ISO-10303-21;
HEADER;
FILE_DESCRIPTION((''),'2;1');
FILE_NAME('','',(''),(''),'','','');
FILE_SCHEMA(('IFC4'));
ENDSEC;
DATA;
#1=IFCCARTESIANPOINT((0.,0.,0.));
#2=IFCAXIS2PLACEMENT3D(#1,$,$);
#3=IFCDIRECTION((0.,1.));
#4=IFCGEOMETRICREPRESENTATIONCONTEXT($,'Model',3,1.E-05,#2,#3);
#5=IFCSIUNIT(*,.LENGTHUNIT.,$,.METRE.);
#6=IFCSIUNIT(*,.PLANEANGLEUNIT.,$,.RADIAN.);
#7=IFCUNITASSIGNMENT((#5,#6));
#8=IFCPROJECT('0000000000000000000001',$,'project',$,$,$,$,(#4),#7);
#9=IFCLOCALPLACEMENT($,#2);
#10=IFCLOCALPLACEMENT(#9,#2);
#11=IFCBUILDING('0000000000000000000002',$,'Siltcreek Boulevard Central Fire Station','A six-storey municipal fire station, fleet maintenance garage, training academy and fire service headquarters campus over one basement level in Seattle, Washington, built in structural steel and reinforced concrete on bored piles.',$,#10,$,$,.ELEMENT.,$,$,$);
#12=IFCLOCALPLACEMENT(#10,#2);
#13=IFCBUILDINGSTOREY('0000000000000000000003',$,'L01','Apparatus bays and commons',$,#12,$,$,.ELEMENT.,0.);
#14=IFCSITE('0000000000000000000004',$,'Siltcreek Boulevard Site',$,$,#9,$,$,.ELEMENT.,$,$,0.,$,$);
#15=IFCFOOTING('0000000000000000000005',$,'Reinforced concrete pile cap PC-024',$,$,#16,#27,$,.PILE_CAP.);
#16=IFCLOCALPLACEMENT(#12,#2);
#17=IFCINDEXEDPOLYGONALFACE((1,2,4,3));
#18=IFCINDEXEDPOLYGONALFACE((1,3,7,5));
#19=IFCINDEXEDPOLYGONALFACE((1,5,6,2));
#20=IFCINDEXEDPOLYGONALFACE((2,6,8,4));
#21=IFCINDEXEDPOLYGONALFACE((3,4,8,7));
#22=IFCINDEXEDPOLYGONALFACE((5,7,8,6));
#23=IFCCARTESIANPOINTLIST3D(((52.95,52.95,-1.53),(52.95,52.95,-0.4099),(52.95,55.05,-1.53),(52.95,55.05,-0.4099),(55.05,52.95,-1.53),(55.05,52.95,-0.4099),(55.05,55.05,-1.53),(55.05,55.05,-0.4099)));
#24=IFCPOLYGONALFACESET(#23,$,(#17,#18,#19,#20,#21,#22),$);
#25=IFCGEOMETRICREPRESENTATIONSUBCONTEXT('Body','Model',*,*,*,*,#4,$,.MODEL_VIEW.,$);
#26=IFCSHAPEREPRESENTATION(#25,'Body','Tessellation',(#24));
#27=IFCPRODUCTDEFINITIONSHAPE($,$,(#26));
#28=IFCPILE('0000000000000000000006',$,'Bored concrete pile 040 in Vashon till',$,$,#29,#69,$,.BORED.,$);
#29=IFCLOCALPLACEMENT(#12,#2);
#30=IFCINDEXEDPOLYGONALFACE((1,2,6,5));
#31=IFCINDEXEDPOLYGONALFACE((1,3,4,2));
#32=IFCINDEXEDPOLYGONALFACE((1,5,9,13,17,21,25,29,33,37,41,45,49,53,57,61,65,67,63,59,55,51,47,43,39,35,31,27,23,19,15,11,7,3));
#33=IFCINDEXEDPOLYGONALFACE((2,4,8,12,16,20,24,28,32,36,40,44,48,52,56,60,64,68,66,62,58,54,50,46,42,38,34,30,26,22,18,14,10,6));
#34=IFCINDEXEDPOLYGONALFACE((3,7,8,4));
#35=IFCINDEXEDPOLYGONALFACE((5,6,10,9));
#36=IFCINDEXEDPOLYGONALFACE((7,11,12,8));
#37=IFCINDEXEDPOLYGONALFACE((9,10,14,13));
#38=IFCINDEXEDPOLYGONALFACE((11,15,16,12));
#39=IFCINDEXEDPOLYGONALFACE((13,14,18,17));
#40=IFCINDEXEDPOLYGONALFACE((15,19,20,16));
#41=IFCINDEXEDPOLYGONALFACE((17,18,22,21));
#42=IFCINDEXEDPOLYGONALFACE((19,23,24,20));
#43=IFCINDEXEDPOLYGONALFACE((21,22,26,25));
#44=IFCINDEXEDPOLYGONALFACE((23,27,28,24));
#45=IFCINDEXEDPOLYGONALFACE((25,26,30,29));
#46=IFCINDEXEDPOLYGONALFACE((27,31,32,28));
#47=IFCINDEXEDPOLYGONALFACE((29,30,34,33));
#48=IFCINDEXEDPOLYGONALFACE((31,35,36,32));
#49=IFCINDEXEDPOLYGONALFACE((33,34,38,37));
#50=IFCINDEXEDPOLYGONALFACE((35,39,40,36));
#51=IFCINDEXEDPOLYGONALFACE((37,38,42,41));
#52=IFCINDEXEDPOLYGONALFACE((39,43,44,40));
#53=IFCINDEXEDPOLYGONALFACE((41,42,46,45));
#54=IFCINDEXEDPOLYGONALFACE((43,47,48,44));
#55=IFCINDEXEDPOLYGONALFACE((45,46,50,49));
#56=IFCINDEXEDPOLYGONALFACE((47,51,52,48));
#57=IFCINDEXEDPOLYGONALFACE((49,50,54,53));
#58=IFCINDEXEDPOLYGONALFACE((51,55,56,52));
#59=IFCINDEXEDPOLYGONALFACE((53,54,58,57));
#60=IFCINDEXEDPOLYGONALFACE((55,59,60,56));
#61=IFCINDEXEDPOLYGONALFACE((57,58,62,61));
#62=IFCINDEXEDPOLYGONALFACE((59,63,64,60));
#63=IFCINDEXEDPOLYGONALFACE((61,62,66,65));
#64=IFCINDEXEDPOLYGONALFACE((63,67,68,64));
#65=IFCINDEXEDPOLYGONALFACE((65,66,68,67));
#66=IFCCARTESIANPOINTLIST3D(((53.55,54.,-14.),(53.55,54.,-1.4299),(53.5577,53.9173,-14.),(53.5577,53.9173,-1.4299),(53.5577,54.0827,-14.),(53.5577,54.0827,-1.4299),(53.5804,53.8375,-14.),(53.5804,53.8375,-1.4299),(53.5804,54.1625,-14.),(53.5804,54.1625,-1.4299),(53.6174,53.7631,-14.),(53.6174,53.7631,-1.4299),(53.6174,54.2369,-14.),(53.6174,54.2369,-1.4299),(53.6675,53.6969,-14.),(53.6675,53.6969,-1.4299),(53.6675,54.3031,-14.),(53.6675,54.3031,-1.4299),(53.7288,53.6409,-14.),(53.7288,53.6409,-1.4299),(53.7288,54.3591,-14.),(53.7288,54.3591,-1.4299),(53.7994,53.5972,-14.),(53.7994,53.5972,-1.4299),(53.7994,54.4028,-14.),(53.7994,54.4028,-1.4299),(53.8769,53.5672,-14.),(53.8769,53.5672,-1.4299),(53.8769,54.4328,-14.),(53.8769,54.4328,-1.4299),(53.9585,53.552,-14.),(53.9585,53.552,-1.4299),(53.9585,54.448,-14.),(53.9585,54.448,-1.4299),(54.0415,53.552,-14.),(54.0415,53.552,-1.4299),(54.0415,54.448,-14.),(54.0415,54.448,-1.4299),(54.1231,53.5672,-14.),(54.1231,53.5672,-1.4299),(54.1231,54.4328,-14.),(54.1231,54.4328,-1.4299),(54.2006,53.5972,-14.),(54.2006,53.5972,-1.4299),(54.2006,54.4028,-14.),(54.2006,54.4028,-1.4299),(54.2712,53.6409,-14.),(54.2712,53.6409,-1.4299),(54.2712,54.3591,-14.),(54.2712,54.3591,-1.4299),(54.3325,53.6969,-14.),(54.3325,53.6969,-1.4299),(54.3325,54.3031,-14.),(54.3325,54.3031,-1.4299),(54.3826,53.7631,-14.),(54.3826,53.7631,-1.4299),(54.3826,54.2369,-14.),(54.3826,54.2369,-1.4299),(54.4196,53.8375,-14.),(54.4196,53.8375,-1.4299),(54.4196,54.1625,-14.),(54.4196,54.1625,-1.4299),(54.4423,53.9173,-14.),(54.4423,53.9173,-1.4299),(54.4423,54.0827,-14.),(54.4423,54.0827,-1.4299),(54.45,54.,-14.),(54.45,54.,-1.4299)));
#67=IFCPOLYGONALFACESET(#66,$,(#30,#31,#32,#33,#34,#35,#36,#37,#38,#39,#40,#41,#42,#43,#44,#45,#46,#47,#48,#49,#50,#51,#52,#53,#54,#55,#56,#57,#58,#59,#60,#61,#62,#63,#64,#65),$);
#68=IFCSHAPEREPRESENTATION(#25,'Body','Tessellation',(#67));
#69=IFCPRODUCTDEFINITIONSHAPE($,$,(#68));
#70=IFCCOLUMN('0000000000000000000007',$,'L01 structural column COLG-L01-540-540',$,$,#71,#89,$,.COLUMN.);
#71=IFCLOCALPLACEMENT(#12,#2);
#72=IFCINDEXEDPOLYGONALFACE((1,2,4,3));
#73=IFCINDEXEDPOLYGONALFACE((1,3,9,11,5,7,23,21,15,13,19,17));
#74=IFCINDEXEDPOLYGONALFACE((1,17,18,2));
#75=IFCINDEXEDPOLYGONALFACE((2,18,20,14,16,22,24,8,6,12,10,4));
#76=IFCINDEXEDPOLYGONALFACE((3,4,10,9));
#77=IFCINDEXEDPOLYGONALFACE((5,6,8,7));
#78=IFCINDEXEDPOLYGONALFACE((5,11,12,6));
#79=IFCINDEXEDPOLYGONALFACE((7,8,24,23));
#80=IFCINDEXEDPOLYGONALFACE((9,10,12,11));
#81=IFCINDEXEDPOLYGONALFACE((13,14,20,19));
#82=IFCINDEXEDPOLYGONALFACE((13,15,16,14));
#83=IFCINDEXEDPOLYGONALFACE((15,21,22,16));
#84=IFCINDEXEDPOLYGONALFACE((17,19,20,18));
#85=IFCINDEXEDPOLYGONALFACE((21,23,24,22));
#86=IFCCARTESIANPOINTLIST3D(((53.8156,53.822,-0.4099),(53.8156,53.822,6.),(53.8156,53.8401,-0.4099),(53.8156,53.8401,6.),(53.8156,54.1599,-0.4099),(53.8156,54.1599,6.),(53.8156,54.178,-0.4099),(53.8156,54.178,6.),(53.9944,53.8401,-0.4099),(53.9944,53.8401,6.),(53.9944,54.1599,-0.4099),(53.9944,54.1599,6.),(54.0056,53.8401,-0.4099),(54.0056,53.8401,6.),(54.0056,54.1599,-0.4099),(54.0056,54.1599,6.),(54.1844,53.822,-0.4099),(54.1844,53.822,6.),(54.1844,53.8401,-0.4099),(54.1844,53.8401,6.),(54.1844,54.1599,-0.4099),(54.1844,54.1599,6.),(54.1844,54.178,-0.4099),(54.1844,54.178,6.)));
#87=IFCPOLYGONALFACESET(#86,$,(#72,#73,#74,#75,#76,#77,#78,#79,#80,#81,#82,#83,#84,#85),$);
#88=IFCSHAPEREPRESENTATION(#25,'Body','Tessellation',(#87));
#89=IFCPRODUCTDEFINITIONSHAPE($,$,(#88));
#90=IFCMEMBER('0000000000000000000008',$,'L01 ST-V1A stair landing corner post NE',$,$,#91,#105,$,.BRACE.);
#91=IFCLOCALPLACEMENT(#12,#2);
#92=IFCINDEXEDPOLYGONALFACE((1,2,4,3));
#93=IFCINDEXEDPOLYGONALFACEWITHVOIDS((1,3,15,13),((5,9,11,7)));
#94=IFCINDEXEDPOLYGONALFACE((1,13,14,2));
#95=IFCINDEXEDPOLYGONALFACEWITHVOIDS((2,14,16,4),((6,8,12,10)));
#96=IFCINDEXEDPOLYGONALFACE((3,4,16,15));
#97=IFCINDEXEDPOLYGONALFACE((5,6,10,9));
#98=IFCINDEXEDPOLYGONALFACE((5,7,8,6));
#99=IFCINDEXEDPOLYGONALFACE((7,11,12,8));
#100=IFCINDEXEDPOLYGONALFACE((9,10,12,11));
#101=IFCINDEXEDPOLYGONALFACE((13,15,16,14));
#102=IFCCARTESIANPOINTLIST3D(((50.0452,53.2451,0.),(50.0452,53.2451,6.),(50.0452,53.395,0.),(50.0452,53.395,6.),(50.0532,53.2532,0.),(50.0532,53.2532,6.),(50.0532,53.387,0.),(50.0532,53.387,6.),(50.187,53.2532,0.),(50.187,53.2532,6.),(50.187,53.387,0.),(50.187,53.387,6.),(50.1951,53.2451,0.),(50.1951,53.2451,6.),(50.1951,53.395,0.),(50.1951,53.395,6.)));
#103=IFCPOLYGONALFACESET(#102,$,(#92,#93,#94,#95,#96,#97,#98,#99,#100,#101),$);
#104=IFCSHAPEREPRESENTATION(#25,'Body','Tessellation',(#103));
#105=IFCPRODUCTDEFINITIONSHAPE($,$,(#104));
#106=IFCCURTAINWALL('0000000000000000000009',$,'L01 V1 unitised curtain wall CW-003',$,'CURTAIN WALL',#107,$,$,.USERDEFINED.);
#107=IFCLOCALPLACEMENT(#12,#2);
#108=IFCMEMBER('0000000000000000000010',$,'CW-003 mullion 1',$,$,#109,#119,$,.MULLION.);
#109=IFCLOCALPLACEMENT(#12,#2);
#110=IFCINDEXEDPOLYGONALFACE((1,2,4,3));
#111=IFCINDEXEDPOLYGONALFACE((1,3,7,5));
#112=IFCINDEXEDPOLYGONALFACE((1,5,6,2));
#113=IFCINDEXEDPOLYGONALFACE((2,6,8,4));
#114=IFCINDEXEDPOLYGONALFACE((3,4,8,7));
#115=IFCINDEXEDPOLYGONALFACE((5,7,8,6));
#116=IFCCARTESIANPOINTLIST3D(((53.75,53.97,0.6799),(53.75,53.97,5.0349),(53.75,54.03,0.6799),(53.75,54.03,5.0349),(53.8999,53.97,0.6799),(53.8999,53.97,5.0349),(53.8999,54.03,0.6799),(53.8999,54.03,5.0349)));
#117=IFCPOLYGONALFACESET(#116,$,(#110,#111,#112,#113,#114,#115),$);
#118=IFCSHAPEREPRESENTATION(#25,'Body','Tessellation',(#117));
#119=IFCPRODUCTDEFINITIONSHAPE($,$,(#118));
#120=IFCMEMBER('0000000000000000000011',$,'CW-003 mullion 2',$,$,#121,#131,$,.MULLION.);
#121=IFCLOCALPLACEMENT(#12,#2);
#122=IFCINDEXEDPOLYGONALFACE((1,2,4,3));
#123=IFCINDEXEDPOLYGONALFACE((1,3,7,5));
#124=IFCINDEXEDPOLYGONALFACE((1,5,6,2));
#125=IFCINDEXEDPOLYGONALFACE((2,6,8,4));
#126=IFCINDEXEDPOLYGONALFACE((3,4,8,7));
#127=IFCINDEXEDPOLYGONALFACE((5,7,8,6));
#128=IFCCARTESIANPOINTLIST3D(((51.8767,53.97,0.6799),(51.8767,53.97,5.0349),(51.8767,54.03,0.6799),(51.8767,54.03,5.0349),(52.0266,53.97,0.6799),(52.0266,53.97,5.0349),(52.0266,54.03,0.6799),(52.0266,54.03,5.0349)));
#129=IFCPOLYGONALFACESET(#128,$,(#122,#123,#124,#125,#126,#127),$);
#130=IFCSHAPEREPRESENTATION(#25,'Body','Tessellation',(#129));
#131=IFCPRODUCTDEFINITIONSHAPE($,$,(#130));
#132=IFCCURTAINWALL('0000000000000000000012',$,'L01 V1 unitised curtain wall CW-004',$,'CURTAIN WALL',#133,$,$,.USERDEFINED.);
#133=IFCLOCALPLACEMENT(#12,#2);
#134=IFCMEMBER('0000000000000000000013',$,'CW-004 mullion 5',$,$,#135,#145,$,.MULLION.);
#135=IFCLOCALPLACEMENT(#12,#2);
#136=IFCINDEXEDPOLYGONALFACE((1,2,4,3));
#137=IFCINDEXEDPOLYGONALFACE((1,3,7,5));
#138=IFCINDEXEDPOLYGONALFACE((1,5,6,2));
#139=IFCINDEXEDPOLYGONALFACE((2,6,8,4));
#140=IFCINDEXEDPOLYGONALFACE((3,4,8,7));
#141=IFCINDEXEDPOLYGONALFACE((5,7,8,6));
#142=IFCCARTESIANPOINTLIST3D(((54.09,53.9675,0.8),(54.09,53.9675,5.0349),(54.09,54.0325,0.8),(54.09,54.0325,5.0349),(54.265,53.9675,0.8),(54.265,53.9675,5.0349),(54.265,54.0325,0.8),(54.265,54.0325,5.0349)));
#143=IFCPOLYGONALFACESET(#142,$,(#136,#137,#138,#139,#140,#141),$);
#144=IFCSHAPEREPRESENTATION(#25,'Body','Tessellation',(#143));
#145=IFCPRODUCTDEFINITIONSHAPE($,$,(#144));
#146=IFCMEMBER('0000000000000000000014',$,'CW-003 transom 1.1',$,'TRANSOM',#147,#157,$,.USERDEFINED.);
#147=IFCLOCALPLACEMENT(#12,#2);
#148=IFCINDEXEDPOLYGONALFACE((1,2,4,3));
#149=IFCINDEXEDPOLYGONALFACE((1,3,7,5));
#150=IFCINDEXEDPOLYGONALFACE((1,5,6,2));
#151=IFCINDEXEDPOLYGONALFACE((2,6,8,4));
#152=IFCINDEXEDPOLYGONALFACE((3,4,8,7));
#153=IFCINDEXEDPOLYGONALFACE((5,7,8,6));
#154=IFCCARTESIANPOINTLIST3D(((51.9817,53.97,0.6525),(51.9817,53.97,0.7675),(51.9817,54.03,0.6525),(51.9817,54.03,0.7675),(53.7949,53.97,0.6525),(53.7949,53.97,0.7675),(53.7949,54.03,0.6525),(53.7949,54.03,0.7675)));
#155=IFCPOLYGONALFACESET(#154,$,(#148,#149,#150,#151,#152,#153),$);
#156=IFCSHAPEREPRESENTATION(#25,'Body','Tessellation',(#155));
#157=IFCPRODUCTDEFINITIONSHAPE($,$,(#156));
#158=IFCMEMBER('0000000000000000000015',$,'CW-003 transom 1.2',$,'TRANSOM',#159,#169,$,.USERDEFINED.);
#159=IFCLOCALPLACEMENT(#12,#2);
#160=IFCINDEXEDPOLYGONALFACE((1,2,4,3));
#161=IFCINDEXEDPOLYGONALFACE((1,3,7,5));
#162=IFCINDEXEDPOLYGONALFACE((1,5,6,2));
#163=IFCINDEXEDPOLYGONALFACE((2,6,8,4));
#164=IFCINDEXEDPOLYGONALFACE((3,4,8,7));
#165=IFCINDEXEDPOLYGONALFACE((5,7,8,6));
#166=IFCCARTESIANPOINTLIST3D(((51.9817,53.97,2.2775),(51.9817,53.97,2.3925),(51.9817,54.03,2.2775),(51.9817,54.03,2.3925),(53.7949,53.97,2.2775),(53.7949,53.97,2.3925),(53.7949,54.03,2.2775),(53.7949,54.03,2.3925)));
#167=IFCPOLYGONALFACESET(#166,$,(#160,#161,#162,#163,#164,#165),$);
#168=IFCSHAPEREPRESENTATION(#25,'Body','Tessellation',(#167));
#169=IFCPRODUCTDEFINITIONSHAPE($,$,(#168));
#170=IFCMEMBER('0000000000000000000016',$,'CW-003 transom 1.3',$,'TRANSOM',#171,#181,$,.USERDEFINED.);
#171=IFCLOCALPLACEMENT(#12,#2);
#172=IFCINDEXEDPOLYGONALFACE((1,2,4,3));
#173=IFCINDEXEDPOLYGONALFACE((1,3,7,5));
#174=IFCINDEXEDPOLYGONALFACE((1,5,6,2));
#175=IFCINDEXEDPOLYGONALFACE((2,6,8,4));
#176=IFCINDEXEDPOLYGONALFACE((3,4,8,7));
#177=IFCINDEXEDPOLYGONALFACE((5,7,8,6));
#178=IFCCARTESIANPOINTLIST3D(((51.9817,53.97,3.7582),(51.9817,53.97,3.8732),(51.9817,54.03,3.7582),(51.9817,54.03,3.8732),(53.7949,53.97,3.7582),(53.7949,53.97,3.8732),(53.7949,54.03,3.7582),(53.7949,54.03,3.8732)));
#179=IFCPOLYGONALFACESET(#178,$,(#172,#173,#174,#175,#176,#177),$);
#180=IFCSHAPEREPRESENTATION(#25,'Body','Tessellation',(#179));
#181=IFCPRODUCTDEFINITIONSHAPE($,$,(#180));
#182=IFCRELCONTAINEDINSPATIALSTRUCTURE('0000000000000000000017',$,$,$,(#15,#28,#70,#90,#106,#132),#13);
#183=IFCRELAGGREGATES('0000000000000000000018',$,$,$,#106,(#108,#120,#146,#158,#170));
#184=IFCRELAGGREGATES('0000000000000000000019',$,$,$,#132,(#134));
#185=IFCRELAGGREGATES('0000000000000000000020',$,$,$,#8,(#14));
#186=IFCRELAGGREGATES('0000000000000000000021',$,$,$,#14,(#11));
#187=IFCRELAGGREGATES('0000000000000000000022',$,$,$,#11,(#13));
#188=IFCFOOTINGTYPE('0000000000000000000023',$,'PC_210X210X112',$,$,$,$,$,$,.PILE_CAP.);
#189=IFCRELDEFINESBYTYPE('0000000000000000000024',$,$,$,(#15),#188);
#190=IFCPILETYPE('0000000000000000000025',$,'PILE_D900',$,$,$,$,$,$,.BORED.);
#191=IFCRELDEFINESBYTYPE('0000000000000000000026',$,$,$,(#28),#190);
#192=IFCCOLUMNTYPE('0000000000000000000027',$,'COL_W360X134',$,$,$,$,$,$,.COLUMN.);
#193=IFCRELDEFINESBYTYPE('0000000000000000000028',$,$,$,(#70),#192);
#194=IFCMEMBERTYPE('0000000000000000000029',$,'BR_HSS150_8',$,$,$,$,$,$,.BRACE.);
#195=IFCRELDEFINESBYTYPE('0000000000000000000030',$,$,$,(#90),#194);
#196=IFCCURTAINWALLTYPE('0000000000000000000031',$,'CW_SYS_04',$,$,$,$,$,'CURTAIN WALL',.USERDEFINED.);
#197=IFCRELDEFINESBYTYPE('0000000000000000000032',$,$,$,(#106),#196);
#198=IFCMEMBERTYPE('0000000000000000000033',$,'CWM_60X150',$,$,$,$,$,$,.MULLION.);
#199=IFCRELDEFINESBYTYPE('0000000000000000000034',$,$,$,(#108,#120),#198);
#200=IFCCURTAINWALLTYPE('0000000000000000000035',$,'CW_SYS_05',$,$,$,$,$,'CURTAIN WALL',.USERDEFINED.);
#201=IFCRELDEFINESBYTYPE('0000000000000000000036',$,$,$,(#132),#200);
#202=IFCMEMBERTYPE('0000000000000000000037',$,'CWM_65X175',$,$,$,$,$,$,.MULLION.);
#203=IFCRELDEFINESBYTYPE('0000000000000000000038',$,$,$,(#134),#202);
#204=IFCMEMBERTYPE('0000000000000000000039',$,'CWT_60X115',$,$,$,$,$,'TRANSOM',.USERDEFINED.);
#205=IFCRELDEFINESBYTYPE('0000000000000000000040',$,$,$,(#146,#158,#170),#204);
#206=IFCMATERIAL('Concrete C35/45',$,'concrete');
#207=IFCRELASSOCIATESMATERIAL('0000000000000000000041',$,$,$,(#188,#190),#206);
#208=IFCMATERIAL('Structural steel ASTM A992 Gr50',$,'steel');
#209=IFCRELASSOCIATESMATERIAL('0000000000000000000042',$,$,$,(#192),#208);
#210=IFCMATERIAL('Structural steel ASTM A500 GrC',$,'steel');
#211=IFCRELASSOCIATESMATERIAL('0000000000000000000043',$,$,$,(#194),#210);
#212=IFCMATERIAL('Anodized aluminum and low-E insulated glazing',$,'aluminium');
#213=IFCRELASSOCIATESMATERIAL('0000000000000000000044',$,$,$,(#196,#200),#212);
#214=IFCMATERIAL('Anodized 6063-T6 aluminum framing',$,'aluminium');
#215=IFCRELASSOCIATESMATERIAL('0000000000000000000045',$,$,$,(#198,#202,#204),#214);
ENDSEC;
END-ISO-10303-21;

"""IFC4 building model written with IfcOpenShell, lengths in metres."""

from ifc_helpers import new_model, si_unit, direction, frame, origin, origin_2d, place, context, subcontext, project, spatial, rectangle, hollow_rectangle, circle, i_section, extrude, material, material_profile, profile_set, type_object, element, aggregate, save


model = new_model("IFC4")

# Units and contexts
model_context = context("Model", 3, precision=1e-05, world=origin(), true_north=direction((0.0, 1.0)))
body_context = subcontext(model_context, "Body", "Model", "MODEL_VIEW")
ifc_project = project(units=[si_unit("LENGTHUNIT", "METRE"), si_unit("PLANEANGLEUNIT", "RADIAN")], contexts=[model_context])

# Site, building, storey
site_placement = place(None, origin())
site = spatial("IfcSite", under=ifc_project, at=site_placement, Name="Siltcreek Boulevard Site", CompositionType="ELEMENT", RefElevation=0.0)
building_placement = place(site_placement, origin())
building = spatial("IfcBuilding", under=site, at=building_placement, Name="Siltcreek Boulevard Central Fire Station", Description="A six-storey municipal fire station, fleet maintenance garage, training academy and fire service headquarters campus over one basement level in Seattle, Washington, built in structural steel and reinforced concrete on bored piles.", CompositionType="ELEMENT")
storey_placement = place(building_placement, origin())
storey = spatial("IfcBuildingStorey", under=building, at=storey_placement, Name="L01", Description="Apparatus bays and commons", CompositionType="ELEMENT", Elevation=0.0)

# Footing
ifc_material_1 = material(Name="Concrete C35/45", Category="concrete")
footing_type = type_object("IfcFootingType", Name="PC_210X210X112", PredefinedType="PILE_CAP", material=ifc_material_1)
footing_placement = place(storey_placement, frame((54.0, 54.0, -1.53), z_axis=(0.0, 0.0, 1.0), x_axis=(1.0, 0.0, 0.0)))
element("IfcFooting", 1, at=footing_placement, inside=storey, type_object=footing_type, Name="Reinforced concrete pile cap PC-024", PredefinedType="PILE_CAP", context=body_context, shape_type="SweptSolid", body=[
    extrude(rectangle(XDim=2.1001, YDim=2.1001, at=origin_2d()), origin(), (0.0, 0.0, 1.0), 1.1201),
])

# Pile
ifc_material_profile_1 = material_profile(ifc_material_1, circle(Radius=0.45, at=origin_2d()), Name="SHAFT900")
ifc_profile_set_1 = profile_set([ifc_material_profile_1], Name="Concrete C35/45")
pile_type = type_object("IfcPileType", Name="PILE_D900", PredefinedType="BORED", material=ifc_profile_set_1)
pile_placement = place(storey_placement, frame((54.0, 54.0, -1.4299), z_axis=(0.0, 0.0, -1.0), x_axis=(1.0, 0.0, 0.0)))
element("IfcPile", 2, at=pile_placement, inside=storey, type_object=pile_type, Name="Bored concrete pile 040 in Vashon till", PredefinedType="BORED", context=body_context, shape_type="SweptSolid", body=[
    extrude(circle(Radius=0.45, at=origin_2d()), origin(), (0.0, 0.0, 1.0), 12.5701),
])

# Column
ifc_material_2 = material(Name="Structural steel ASTM A992 Gr50", Category="steel")
ifc_material_profile_2 = material_profile(ifc_material_2, i_section(OverallWidth=0.3689, OverallDepth=0.356, WebThickness=0.0112, FlangeThickness=0.0181, at=origin_2d()), Name="W360X134")
ifc_profile_set_2 = profile_set([ifc_material_profile_2], Name="Structural steel ASTM A992 Gr50")
column_type = type_object("IfcColumnType", Name="COL_W360X134", PredefinedType="COLUMN", material=ifc_profile_set_2)
column_placement = place(storey_placement, frame((54.0, 54.0, -0.4099), z_axis=(0.0, 0.0, 1.0), x_axis=(1.0, 0.0, 0.0)))
element("IfcColumn", 3, at=column_placement, inside=storey, type_object=column_type, Name="L01 structural column COLG-L01-540-540", PredefinedType="COLUMN", context=body_context, shape_type="SweptSolid", body=[
    extrude(i_section(OverallWidth=0.3689, OverallDepth=0.356, WebThickness=0.0112, FlangeThickness=0.0181, at=origin_2d()), origin(), (0.0, 0.0, 1.0), 6.4099),
])

# Member
ifc_material_3 = material(Name="Structural steel ASTM A500 GrC", Category="steel")
ifc_material_profile_3 = material_profile(ifc_material_3, hollow_rectangle(XDim=0.1499, YDim=0.1499, WallThickness=0.0081, at=origin_2d()), Name="HSS150X150X8.0")
ifc_profile_set_3 = profile_set([ifc_material_profile_3], Name="Structural steel ASTM A500 GrC")
member_type_1 = type_object("IfcMemberType", Name="BR_HSS150_8", PredefinedType="BRACE", material=ifc_profile_set_3)
member_1_placement = place(storey_placement, frame((50.1201, 53.3201, 0.0), z_axis=(0.0, 0.0, 1.0), x_axis=(1.0, 0.0, 0.0)))
element("IfcMember", 4, at=member_1_placement, inside=storey, type_object=member_type_1, Name="L01 ST-V1A stair landing corner post NE", PredefinedType="BRACE", context=body_context, shape_type="SweptSolid", body=[
    extrude(hollow_rectangle(XDim=0.1499, YDim=0.1499, WallThickness=0.0081, at=origin_2d()), origin(), (0.0, 0.0, 1.0), 6.0),
])

# Curtain wall, members
ifc_material_4 = material(Name="Anodized aluminum and low-E insulated glazing", Category="aluminium")
curtain_wall_type_1 = type_object("IfcCurtainWallType", Name="CW_SYS_04", ElementType="CURTAIN WALL", PredefinedType="USERDEFINED", material=ifc_material_4)
curtain_wall_1_placement = place(storey_placement, origin())
curtain_wall_1 = element("IfcCurtainWall", 5, at=curtain_wall_1_placement, inside=storey, type_object=curtain_wall_type_1, Name="L01 V1 unitised curtain wall CW-003", ObjectType="CURTAIN WALL", PredefinedType="USERDEFINED")
ifc_material_5 = material(Name="Anodized 6063-T6 aluminum framing", Category="aluminium")
ifc_material_profile_4 = material_profile(ifc_material_5, rectangle(XDim=0.0601, YDim=0.1499, at=origin_2d()), Name="MULL60X150")
ifc_profile_set_4 = profile_set([ifc_material_profile_4], Name="Anodized 6063-T6 aluminum framing")
member_type_2 = type_object("IfcMemberType", Name="CWM_60X150", PredefinedType="MULLION", material=ifc_profile_set_4)
member_2_placement = place(storey_placement, frame((53.825, 54.0, 0.6799), z_axis=(0.0, 0.0, 1.0), x_axis=(0.0, -1.0, 0.0)))
member_2 = element("IfcMember", 6, at=member_2_placement, type_object=member_type_2, Name="CW-003 mullion 1", PredefinedType="MULLION", context=body_context, shape_type="SweptSolid", body=[
    extrude(rectangle(XDim=0.0601, YDim=0.1499, at=origin_2d()), origin(), (0.0, 0.0, 1.0), 4.355),
])
member_3_placement = place(storey_placement, frame((51.9517, 54.0, 0.6799), z_axis=(0.0, 0.0, 1.0), x_axis=(0.0, -1.0, 0.0)))
member_3 = element("IfcMember", 7, at=member_3_placement, type_object=member_type_2, Name="CW-003 mullion 2", PredefinedType="MULLION", context=body_context, shape_type="SweptSolid", body=[
    extrude(rectangle(XDim=0.0601, YDim=0.1499, at=origin_2d()), origin(), (0.0, 0.0, 1.0), 4.355),
])

# Curtain wall, member
curtain_wall_type_2 = type_object("IfcCurtainWallType", Name="CW_SYS_05", ElementType="CURTAIN WALL", PredefinedType="USERDEFINED", material=ifc_material_4)
curtain_wall_2_placement = place(storey_placement, origin())
curtain_wall_2 = element("IfcCurtainWall", 8, at=curtain_wall_2_placement, inside=storey, type_object=curtain_wall_type_2, Name="L01 V1 unitised curtain wall CW-004", ObjectType="CURTAIN WALL", PredefinedType="USERDEFINED")
ifc_material_profile_5 = material_profile(ifc_material_5, rectangle(XDim=0.0649, YDim=0.175, at=origin_2d()), Name="MULL65X175")
ifc_profile_set_5 = profile_set([ifc_material_profile_5], Name="Anodized 6063-T6 aluminum framing")
member_type_3 = type_object("IfcMemberType", Name="CWM_65X175", PredefinedType="MULLION", material=ifc_profile_set_5)
member_4_placement = place(storey_placement, frame((54.1775, 54.0, 0.8), z_axis=(0.0, 0.0, 1.0), x_axis=(0.0, -1.0, 0.0)))
member_4 = element("IfcMember", 9, at=member_4_placement, type_object=member_type_3, Name="CW-004 mullion 5", PredefinedType="MULLION", context=body_context, shape_type="SweptSolid", body=[
    extrude(rectangle(XDim=0.0649, YDim=0.175, at=origin_2d()), origin(), (0.0, 0.0, 1.0), 4.2349),
])

# Members
ifc_material_profile_6 = material_profile(ifc_material_5, rectangle(XDim=0.0601, YDim=0.115, at=origin_2d()), Name="TRAN60X115")
ifc_profile_set_6 = profile_set([ifc_material_profile_6], Name="Anodized 6063-T6 aluminum framing")
member_type_4 = type_object("IfcMemberType", Name="CWT_60X115", ElementType="TRANSOM", PredefinedType="USERDEFINED", material=ifc_profile_set_6)
member_5_placement = place(storey_placement, frame((53.7949, 54.0, 0.71), z_axis=(-1.0, 0.0, 0.0), x_axis=(0.0, -1.0, 0.0)))
member_5 = element("IfcMember", 10, at=member_5_placement, type_object=member_type_4, Name="CW-003 transom 1.1", ObjectType="TRANSOM", PredefinedType="USERDEFINED", context=body_context, shape_type="SweptSolid", body=[
    extrude(rectangle(XDim=0.0601, YDim=0.115, at=origin_2d()), origin(), (0.0, 0.0, 1.0), 1.8132),
])
member_6_placement = place(storey_placement, frame((53.7949, 54.0, 2.335), z_axis=(-1.0, 0.0, 0.0), x_axis=(0.0, -1.0, 0.0)))
member_6 = element("IfcMember", 11, at=member_6_placement, type_object=member_type_4, Name="CW-003 transom 1.2", ObjectType="TRANSOM", PredefinedType="USERDEFINED", context=body_context, shape_type="SweptSolid", body=[
    extrude(rectangle(XDim=0.0601, YDim=0.115, at=origin_2d()), origin(), (0.0, 0.0, 1.0), 1.8132),
])
member_7_placement = place(storey_placement, frame((53.7949, 54.0, 3.8157), z_axis=(-1.0, 0.0, 0.0), x_axis=(0.0, -1.0, 0.0)))
member_7 = element("IfcMember", 12, at=member_7_placement, type_object=member_type_4, Name="CW-003 transom 1.3", ObjectType="TRANSOM", PredefinedType="USERDEFINED", context=body_context, shape_type="SweptSolid", body=[
    extrude(rectangle(XDim=0.0601, YDim=0.115, at=origin_2d()), origin(), (0.0, 0.0, 1.0), 1.8132),
])

aggregate(curtain_wall_1, [member_2, member_3, member_5, member_6, member_7])
aggregate(curtain_wall_2, [member_4])

save(model, "model.ifc")
